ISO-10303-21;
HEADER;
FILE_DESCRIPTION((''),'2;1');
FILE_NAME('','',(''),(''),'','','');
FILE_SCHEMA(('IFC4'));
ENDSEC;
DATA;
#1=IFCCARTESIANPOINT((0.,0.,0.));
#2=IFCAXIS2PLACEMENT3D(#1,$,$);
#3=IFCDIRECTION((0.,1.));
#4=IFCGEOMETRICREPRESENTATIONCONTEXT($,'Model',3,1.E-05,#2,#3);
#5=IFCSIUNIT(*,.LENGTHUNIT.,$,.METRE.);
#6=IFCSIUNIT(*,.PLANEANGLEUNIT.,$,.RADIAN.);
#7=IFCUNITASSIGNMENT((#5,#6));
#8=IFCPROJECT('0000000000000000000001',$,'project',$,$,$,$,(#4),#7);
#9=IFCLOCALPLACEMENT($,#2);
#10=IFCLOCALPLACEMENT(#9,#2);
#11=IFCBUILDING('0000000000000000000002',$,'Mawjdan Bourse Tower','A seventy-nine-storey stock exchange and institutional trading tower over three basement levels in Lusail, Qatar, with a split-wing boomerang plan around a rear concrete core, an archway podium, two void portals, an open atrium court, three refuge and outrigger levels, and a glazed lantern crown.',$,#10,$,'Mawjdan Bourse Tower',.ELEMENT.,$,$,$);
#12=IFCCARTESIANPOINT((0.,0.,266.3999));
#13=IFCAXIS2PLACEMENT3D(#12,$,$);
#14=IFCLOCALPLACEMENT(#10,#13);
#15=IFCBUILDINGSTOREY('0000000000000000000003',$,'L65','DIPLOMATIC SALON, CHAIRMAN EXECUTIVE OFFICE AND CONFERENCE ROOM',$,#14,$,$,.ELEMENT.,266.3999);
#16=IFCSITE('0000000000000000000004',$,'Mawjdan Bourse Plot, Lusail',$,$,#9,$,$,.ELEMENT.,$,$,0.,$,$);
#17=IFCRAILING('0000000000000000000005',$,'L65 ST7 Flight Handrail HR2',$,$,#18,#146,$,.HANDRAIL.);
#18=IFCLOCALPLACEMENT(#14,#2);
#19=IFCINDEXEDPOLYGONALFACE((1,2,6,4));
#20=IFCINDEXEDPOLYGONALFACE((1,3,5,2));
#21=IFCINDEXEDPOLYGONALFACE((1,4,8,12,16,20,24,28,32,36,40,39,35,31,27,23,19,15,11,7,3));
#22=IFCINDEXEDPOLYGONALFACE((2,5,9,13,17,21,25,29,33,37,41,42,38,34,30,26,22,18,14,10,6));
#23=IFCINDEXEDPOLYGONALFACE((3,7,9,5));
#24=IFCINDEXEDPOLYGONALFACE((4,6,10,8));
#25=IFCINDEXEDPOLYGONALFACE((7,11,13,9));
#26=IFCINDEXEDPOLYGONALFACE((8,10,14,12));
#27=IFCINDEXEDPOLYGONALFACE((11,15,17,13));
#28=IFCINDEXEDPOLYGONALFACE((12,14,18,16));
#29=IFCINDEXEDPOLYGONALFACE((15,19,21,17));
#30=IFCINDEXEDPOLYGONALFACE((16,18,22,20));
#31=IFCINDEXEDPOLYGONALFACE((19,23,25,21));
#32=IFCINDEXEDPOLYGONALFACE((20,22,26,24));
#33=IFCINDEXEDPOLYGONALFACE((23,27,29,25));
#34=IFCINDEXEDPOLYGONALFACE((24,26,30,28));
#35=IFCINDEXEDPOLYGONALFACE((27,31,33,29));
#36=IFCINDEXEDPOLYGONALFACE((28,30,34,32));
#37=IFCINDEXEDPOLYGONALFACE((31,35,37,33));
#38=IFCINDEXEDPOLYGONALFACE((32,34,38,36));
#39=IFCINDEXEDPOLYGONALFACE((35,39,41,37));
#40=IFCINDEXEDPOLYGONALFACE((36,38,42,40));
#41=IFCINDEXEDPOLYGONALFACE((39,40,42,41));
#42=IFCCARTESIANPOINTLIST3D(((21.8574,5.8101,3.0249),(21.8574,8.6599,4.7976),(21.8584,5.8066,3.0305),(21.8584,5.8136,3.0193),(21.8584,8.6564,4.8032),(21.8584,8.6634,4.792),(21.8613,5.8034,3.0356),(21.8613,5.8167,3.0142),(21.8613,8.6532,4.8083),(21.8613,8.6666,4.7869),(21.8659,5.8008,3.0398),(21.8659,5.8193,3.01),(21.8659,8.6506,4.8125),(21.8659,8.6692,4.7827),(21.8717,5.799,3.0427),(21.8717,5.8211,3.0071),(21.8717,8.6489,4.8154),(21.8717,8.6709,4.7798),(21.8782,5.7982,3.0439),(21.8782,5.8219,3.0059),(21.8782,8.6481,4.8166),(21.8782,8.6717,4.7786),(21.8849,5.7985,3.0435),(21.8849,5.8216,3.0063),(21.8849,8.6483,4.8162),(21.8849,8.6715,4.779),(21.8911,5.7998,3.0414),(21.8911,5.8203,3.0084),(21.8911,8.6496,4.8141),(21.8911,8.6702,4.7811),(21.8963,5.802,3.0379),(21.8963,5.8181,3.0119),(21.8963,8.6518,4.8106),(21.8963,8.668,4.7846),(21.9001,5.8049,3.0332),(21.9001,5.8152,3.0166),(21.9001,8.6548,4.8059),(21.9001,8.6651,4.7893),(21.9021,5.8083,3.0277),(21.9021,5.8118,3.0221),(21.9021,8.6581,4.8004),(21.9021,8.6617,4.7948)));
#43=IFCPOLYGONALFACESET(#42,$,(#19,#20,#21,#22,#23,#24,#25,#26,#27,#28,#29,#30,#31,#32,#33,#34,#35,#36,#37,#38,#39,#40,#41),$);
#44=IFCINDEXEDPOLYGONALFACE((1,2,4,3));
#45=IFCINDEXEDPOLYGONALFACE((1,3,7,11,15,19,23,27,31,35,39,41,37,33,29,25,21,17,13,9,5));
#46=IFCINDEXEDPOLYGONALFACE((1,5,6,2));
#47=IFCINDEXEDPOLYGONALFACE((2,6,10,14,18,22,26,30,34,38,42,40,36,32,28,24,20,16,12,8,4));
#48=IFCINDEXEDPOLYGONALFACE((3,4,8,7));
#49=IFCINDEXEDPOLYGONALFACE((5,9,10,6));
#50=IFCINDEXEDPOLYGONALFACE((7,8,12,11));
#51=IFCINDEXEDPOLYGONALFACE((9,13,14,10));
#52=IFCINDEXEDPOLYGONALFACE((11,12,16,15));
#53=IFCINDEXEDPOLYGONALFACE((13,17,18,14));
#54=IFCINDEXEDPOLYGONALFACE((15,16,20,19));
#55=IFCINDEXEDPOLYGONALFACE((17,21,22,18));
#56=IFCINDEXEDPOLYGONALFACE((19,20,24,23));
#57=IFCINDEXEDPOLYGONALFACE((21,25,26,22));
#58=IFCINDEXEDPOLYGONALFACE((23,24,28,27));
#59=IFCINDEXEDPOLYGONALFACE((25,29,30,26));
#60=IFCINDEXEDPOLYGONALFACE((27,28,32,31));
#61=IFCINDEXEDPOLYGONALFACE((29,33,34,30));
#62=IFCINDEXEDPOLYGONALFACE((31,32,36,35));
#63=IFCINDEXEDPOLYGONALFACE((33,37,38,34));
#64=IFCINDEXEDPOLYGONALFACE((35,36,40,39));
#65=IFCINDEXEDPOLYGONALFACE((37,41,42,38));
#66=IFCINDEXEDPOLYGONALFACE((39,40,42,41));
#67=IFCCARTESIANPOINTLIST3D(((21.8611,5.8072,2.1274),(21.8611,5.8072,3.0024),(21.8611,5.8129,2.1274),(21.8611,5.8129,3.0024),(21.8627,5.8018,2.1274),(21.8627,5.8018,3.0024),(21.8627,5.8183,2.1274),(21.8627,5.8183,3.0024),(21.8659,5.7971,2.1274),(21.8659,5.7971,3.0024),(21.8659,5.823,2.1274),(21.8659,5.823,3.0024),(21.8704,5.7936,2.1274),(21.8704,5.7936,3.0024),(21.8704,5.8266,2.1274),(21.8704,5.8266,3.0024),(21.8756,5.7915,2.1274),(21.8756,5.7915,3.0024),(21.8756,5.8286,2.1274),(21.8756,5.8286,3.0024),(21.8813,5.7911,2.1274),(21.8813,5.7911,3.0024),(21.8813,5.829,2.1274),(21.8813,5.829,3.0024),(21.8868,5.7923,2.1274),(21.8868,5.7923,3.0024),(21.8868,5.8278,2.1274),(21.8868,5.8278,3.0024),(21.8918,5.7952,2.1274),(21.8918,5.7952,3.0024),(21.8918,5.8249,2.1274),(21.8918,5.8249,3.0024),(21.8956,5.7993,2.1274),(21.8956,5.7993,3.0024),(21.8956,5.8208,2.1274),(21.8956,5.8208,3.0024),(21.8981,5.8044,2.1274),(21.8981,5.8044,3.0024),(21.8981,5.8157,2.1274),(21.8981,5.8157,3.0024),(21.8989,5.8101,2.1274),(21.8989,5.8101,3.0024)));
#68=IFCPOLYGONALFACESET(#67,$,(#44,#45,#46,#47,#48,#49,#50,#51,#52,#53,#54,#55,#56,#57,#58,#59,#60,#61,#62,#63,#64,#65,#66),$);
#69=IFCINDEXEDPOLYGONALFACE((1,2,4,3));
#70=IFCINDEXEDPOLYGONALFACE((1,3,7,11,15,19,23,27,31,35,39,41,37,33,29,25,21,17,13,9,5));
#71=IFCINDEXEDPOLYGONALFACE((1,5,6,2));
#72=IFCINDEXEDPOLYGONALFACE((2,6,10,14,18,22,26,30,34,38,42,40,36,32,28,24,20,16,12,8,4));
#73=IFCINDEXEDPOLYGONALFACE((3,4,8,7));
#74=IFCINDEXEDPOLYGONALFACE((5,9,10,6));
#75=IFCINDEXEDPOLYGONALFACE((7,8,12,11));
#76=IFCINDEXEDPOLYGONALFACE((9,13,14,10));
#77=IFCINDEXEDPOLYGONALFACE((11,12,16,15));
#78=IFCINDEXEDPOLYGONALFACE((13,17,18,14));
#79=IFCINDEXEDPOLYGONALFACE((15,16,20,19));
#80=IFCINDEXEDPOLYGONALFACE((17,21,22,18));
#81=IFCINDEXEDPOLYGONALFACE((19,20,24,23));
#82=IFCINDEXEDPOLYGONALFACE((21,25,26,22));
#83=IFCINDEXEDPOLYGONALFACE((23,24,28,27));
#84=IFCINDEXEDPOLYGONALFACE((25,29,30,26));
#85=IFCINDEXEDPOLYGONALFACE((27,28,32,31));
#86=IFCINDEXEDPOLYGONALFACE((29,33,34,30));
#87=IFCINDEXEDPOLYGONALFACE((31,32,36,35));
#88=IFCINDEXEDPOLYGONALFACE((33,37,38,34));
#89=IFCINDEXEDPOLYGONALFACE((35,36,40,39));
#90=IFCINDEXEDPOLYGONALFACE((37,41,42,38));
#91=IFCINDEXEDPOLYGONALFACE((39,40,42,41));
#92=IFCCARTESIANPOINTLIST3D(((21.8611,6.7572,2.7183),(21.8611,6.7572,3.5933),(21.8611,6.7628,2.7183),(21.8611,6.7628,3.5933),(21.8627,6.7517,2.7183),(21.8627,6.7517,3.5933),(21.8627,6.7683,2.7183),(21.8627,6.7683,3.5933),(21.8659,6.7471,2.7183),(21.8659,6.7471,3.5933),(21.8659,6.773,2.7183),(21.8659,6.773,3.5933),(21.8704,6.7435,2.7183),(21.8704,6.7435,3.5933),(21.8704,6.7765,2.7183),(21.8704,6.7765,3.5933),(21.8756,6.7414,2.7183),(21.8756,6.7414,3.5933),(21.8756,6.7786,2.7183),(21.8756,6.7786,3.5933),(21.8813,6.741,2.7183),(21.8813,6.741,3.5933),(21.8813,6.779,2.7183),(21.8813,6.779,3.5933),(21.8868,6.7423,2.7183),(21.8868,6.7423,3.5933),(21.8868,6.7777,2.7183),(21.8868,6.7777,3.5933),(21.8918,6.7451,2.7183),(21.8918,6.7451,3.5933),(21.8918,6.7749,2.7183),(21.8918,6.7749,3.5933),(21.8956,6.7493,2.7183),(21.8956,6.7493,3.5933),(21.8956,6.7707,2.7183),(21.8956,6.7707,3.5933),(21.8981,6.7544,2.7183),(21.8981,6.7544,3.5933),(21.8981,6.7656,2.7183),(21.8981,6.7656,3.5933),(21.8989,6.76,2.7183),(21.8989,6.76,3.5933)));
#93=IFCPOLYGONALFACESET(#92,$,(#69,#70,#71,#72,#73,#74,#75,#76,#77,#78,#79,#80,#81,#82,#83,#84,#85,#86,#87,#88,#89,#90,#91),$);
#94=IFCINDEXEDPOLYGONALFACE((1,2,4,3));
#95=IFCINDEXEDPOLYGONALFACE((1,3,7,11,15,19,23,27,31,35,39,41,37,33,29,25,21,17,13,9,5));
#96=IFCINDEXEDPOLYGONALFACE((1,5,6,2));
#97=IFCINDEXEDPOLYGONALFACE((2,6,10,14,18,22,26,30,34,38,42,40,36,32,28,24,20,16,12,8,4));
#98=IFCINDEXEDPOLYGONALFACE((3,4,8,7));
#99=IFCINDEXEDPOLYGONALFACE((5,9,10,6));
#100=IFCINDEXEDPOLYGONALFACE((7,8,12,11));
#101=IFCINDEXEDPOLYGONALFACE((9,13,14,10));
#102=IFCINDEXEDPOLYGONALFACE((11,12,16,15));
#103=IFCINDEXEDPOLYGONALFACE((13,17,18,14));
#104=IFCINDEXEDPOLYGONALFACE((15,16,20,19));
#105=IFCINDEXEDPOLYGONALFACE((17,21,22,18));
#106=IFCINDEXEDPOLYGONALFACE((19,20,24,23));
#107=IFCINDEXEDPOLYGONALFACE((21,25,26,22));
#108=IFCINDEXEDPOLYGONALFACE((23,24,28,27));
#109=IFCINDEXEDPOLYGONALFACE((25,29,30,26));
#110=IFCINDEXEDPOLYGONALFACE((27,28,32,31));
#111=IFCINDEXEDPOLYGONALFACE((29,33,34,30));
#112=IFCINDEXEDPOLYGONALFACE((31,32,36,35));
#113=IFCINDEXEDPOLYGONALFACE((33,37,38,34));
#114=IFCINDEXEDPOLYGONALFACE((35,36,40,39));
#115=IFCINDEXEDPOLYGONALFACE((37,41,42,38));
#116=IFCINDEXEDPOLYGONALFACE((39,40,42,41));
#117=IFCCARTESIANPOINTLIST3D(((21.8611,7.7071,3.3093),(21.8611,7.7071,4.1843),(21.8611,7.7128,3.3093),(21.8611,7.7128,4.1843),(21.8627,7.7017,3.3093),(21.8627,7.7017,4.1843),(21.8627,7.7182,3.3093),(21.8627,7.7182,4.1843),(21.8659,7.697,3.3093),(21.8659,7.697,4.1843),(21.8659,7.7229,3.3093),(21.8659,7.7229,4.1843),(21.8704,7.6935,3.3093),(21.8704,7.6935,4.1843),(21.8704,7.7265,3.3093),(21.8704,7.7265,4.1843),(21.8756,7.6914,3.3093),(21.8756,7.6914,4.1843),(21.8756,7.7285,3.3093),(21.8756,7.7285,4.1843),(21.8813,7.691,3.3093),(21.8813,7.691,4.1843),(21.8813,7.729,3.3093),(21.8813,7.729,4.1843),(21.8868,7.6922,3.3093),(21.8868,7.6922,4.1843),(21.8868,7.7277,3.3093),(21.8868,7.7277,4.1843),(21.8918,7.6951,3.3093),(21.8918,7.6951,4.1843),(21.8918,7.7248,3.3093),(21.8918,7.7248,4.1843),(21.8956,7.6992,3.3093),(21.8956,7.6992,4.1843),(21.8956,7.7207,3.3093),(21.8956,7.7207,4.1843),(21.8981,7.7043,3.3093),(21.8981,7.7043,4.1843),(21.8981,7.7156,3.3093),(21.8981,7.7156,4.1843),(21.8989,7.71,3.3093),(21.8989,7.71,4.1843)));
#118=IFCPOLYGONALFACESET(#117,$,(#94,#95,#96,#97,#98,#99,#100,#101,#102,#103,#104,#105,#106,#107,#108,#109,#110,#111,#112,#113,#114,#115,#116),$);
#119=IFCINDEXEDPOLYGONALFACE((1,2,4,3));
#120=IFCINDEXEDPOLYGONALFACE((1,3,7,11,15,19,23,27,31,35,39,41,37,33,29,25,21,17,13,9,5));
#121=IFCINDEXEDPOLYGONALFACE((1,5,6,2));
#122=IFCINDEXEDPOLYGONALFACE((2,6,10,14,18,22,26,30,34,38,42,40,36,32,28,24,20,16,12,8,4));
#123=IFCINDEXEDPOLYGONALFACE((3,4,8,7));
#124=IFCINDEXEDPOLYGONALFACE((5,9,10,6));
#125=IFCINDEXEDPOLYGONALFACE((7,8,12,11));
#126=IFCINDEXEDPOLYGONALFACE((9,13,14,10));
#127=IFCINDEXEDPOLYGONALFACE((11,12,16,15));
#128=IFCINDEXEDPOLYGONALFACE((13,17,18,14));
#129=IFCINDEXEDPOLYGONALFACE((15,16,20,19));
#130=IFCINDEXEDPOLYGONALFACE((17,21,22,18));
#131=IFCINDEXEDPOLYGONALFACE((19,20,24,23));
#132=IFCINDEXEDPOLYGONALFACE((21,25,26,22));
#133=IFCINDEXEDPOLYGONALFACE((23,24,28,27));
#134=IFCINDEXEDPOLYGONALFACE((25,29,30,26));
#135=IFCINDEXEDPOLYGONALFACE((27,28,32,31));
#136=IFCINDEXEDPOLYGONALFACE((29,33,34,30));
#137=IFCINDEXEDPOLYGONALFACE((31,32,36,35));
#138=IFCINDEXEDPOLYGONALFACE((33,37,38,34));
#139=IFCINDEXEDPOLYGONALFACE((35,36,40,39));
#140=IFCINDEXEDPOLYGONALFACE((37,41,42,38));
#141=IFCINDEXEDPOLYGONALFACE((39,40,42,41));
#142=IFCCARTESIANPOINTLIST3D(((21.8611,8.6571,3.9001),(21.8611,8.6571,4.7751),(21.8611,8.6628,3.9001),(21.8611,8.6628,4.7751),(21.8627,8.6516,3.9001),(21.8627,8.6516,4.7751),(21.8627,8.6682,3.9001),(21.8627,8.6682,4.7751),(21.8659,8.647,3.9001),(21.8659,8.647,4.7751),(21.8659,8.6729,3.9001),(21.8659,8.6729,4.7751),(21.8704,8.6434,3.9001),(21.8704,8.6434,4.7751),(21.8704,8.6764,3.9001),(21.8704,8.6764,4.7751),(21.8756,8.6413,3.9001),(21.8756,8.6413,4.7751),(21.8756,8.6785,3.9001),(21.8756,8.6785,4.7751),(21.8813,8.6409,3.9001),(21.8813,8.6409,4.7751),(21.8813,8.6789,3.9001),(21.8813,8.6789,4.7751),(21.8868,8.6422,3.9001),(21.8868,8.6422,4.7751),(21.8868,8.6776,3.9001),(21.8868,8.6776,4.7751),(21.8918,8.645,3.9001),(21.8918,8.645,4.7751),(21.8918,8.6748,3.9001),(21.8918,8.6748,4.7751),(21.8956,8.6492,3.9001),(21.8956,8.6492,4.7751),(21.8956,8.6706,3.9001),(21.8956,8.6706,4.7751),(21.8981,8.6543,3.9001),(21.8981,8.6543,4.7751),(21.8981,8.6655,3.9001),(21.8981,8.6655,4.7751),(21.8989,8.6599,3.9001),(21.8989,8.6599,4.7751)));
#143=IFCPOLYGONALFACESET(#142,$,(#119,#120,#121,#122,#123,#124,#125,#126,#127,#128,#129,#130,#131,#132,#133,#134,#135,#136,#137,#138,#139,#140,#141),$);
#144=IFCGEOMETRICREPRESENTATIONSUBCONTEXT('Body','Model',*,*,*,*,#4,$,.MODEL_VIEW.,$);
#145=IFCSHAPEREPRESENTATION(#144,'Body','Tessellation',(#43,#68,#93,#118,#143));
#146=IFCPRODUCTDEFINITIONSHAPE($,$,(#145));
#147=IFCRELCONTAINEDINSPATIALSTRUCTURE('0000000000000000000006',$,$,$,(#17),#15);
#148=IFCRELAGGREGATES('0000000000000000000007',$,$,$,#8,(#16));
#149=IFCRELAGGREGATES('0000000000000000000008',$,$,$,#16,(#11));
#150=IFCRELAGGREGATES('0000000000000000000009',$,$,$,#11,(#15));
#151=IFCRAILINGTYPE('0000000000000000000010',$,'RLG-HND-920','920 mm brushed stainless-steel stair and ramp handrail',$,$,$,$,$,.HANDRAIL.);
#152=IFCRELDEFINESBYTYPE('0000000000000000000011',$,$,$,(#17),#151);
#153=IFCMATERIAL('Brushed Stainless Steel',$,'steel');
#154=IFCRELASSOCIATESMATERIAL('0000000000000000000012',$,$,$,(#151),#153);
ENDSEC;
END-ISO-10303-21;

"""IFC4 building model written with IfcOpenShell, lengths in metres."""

from ifc_helpers import new_model, si_unit, direction, frame, origin, origin_2d, place, context, subcontext, project, spatial, circle, extrude, material, type_object, element, save


model = new_model("IFC4")

# Units and contexts
model_context = context("Model", 3, precision=1e-05, world=origin(), true_north=direction((0.0, 1.0)))
body_context = subcontext(model_context, "Body", "Model", "MODEL_VIEW")
ifc_project = project(units=[si_unit("LENGTHUNIT", "METRE"), si_unit("PLANEANGLEUNIT", "RADIAN")], contexts=[model_context])

# Site, building, storey
site_placement = place(None, origin())
site = spatial("IfcSite", under=ifc_project, at=site_placement, Name="Mawjdan Bourse Plot, Lusail", CompositionType="ELEMENT", RefElevation=0.0)
building_placement = place(site_placement, origin())
building = spatial("IfcBuilding", under=site, at=building_placement, Name="Mawjdan Bourse Tower", Description="A seventy-nine-storey stock exchange and institutional trading tower over three basement levels in Lusail, Qatar, with a split-wing boomerang plan around a rear concrete core, an archway podium, two void portals, an open atrium court, three refuge and outrigger levels, and a glazed lantern crown.", LongName="Mawjdan Bourse Tower", CompositionType="ELEMENT")
storey_placement = place(building_placement, frame((0.0, 0.0, 266.3999)))
storey = spatial("IfcBuildingStorey", under=building, at=storey_placement, Name="L65", Description="DIPLOMATIC SALON, CHAIRMAN EXECUTIVE OFFICE AND CONFERENCE ROOM", CompositionType="ELEMENT", Elevation=266.3999)

# Railing
ifc_material_1 = material(Name="Brushed Stainless Steel", Category="steel")
railing_type = type_object("IfcRailingType", Name="RLG-HND-920", Description="920 mm brushed stainless-steel stair and ramp handrail", PredefinedType="HANDRAIL", material=ifc_material_1)
railing_1_placement = place(storey_placement, frame((21.8799, 5.8101, 2.1274)))
element("IfcRailing", 1, at=railing_1_placement, inside=storey, type_object=railing_type, Name="L65 ST7 Flight Handrail HR2", PredefinedType="HANDRAIL", context=body_context, shape_type="SweptSolid", body=[
    extrude(circle(Radius=0.0225, at=origin_2d()), frame((0.0, 0.0, 0.8975), z_axis=(0.0, 0.849128, 0.528187), x_axis=(-1.0, 0.0, 0.0)), (0.0, 0.0, 1.0), 3.3562),
    extrude(circle(Radius=0.019, at=origin_2d()), origin(), (0.0, 0.0, 1.0), 0.875),
    extrude(circle(Radius=0.019, at=origin_2d()), frame((0.0, 0.95, 0.5908)), (0.0, 0.0, 1.0), 0.875),
    extrude(circle(Radius=0.019, at=origin_2d()), frame((0.0, 1.8999, 1.1819)), (0.0, 0.0, 1.0), 0.875),
    extrude(circle(Radius=0.019, at=origin_2d()), frame((0.0, 2.8499, 1.7727)), (0.0, 0.0, 1.0), 0.875),
])

save(model, "model.ifc")
